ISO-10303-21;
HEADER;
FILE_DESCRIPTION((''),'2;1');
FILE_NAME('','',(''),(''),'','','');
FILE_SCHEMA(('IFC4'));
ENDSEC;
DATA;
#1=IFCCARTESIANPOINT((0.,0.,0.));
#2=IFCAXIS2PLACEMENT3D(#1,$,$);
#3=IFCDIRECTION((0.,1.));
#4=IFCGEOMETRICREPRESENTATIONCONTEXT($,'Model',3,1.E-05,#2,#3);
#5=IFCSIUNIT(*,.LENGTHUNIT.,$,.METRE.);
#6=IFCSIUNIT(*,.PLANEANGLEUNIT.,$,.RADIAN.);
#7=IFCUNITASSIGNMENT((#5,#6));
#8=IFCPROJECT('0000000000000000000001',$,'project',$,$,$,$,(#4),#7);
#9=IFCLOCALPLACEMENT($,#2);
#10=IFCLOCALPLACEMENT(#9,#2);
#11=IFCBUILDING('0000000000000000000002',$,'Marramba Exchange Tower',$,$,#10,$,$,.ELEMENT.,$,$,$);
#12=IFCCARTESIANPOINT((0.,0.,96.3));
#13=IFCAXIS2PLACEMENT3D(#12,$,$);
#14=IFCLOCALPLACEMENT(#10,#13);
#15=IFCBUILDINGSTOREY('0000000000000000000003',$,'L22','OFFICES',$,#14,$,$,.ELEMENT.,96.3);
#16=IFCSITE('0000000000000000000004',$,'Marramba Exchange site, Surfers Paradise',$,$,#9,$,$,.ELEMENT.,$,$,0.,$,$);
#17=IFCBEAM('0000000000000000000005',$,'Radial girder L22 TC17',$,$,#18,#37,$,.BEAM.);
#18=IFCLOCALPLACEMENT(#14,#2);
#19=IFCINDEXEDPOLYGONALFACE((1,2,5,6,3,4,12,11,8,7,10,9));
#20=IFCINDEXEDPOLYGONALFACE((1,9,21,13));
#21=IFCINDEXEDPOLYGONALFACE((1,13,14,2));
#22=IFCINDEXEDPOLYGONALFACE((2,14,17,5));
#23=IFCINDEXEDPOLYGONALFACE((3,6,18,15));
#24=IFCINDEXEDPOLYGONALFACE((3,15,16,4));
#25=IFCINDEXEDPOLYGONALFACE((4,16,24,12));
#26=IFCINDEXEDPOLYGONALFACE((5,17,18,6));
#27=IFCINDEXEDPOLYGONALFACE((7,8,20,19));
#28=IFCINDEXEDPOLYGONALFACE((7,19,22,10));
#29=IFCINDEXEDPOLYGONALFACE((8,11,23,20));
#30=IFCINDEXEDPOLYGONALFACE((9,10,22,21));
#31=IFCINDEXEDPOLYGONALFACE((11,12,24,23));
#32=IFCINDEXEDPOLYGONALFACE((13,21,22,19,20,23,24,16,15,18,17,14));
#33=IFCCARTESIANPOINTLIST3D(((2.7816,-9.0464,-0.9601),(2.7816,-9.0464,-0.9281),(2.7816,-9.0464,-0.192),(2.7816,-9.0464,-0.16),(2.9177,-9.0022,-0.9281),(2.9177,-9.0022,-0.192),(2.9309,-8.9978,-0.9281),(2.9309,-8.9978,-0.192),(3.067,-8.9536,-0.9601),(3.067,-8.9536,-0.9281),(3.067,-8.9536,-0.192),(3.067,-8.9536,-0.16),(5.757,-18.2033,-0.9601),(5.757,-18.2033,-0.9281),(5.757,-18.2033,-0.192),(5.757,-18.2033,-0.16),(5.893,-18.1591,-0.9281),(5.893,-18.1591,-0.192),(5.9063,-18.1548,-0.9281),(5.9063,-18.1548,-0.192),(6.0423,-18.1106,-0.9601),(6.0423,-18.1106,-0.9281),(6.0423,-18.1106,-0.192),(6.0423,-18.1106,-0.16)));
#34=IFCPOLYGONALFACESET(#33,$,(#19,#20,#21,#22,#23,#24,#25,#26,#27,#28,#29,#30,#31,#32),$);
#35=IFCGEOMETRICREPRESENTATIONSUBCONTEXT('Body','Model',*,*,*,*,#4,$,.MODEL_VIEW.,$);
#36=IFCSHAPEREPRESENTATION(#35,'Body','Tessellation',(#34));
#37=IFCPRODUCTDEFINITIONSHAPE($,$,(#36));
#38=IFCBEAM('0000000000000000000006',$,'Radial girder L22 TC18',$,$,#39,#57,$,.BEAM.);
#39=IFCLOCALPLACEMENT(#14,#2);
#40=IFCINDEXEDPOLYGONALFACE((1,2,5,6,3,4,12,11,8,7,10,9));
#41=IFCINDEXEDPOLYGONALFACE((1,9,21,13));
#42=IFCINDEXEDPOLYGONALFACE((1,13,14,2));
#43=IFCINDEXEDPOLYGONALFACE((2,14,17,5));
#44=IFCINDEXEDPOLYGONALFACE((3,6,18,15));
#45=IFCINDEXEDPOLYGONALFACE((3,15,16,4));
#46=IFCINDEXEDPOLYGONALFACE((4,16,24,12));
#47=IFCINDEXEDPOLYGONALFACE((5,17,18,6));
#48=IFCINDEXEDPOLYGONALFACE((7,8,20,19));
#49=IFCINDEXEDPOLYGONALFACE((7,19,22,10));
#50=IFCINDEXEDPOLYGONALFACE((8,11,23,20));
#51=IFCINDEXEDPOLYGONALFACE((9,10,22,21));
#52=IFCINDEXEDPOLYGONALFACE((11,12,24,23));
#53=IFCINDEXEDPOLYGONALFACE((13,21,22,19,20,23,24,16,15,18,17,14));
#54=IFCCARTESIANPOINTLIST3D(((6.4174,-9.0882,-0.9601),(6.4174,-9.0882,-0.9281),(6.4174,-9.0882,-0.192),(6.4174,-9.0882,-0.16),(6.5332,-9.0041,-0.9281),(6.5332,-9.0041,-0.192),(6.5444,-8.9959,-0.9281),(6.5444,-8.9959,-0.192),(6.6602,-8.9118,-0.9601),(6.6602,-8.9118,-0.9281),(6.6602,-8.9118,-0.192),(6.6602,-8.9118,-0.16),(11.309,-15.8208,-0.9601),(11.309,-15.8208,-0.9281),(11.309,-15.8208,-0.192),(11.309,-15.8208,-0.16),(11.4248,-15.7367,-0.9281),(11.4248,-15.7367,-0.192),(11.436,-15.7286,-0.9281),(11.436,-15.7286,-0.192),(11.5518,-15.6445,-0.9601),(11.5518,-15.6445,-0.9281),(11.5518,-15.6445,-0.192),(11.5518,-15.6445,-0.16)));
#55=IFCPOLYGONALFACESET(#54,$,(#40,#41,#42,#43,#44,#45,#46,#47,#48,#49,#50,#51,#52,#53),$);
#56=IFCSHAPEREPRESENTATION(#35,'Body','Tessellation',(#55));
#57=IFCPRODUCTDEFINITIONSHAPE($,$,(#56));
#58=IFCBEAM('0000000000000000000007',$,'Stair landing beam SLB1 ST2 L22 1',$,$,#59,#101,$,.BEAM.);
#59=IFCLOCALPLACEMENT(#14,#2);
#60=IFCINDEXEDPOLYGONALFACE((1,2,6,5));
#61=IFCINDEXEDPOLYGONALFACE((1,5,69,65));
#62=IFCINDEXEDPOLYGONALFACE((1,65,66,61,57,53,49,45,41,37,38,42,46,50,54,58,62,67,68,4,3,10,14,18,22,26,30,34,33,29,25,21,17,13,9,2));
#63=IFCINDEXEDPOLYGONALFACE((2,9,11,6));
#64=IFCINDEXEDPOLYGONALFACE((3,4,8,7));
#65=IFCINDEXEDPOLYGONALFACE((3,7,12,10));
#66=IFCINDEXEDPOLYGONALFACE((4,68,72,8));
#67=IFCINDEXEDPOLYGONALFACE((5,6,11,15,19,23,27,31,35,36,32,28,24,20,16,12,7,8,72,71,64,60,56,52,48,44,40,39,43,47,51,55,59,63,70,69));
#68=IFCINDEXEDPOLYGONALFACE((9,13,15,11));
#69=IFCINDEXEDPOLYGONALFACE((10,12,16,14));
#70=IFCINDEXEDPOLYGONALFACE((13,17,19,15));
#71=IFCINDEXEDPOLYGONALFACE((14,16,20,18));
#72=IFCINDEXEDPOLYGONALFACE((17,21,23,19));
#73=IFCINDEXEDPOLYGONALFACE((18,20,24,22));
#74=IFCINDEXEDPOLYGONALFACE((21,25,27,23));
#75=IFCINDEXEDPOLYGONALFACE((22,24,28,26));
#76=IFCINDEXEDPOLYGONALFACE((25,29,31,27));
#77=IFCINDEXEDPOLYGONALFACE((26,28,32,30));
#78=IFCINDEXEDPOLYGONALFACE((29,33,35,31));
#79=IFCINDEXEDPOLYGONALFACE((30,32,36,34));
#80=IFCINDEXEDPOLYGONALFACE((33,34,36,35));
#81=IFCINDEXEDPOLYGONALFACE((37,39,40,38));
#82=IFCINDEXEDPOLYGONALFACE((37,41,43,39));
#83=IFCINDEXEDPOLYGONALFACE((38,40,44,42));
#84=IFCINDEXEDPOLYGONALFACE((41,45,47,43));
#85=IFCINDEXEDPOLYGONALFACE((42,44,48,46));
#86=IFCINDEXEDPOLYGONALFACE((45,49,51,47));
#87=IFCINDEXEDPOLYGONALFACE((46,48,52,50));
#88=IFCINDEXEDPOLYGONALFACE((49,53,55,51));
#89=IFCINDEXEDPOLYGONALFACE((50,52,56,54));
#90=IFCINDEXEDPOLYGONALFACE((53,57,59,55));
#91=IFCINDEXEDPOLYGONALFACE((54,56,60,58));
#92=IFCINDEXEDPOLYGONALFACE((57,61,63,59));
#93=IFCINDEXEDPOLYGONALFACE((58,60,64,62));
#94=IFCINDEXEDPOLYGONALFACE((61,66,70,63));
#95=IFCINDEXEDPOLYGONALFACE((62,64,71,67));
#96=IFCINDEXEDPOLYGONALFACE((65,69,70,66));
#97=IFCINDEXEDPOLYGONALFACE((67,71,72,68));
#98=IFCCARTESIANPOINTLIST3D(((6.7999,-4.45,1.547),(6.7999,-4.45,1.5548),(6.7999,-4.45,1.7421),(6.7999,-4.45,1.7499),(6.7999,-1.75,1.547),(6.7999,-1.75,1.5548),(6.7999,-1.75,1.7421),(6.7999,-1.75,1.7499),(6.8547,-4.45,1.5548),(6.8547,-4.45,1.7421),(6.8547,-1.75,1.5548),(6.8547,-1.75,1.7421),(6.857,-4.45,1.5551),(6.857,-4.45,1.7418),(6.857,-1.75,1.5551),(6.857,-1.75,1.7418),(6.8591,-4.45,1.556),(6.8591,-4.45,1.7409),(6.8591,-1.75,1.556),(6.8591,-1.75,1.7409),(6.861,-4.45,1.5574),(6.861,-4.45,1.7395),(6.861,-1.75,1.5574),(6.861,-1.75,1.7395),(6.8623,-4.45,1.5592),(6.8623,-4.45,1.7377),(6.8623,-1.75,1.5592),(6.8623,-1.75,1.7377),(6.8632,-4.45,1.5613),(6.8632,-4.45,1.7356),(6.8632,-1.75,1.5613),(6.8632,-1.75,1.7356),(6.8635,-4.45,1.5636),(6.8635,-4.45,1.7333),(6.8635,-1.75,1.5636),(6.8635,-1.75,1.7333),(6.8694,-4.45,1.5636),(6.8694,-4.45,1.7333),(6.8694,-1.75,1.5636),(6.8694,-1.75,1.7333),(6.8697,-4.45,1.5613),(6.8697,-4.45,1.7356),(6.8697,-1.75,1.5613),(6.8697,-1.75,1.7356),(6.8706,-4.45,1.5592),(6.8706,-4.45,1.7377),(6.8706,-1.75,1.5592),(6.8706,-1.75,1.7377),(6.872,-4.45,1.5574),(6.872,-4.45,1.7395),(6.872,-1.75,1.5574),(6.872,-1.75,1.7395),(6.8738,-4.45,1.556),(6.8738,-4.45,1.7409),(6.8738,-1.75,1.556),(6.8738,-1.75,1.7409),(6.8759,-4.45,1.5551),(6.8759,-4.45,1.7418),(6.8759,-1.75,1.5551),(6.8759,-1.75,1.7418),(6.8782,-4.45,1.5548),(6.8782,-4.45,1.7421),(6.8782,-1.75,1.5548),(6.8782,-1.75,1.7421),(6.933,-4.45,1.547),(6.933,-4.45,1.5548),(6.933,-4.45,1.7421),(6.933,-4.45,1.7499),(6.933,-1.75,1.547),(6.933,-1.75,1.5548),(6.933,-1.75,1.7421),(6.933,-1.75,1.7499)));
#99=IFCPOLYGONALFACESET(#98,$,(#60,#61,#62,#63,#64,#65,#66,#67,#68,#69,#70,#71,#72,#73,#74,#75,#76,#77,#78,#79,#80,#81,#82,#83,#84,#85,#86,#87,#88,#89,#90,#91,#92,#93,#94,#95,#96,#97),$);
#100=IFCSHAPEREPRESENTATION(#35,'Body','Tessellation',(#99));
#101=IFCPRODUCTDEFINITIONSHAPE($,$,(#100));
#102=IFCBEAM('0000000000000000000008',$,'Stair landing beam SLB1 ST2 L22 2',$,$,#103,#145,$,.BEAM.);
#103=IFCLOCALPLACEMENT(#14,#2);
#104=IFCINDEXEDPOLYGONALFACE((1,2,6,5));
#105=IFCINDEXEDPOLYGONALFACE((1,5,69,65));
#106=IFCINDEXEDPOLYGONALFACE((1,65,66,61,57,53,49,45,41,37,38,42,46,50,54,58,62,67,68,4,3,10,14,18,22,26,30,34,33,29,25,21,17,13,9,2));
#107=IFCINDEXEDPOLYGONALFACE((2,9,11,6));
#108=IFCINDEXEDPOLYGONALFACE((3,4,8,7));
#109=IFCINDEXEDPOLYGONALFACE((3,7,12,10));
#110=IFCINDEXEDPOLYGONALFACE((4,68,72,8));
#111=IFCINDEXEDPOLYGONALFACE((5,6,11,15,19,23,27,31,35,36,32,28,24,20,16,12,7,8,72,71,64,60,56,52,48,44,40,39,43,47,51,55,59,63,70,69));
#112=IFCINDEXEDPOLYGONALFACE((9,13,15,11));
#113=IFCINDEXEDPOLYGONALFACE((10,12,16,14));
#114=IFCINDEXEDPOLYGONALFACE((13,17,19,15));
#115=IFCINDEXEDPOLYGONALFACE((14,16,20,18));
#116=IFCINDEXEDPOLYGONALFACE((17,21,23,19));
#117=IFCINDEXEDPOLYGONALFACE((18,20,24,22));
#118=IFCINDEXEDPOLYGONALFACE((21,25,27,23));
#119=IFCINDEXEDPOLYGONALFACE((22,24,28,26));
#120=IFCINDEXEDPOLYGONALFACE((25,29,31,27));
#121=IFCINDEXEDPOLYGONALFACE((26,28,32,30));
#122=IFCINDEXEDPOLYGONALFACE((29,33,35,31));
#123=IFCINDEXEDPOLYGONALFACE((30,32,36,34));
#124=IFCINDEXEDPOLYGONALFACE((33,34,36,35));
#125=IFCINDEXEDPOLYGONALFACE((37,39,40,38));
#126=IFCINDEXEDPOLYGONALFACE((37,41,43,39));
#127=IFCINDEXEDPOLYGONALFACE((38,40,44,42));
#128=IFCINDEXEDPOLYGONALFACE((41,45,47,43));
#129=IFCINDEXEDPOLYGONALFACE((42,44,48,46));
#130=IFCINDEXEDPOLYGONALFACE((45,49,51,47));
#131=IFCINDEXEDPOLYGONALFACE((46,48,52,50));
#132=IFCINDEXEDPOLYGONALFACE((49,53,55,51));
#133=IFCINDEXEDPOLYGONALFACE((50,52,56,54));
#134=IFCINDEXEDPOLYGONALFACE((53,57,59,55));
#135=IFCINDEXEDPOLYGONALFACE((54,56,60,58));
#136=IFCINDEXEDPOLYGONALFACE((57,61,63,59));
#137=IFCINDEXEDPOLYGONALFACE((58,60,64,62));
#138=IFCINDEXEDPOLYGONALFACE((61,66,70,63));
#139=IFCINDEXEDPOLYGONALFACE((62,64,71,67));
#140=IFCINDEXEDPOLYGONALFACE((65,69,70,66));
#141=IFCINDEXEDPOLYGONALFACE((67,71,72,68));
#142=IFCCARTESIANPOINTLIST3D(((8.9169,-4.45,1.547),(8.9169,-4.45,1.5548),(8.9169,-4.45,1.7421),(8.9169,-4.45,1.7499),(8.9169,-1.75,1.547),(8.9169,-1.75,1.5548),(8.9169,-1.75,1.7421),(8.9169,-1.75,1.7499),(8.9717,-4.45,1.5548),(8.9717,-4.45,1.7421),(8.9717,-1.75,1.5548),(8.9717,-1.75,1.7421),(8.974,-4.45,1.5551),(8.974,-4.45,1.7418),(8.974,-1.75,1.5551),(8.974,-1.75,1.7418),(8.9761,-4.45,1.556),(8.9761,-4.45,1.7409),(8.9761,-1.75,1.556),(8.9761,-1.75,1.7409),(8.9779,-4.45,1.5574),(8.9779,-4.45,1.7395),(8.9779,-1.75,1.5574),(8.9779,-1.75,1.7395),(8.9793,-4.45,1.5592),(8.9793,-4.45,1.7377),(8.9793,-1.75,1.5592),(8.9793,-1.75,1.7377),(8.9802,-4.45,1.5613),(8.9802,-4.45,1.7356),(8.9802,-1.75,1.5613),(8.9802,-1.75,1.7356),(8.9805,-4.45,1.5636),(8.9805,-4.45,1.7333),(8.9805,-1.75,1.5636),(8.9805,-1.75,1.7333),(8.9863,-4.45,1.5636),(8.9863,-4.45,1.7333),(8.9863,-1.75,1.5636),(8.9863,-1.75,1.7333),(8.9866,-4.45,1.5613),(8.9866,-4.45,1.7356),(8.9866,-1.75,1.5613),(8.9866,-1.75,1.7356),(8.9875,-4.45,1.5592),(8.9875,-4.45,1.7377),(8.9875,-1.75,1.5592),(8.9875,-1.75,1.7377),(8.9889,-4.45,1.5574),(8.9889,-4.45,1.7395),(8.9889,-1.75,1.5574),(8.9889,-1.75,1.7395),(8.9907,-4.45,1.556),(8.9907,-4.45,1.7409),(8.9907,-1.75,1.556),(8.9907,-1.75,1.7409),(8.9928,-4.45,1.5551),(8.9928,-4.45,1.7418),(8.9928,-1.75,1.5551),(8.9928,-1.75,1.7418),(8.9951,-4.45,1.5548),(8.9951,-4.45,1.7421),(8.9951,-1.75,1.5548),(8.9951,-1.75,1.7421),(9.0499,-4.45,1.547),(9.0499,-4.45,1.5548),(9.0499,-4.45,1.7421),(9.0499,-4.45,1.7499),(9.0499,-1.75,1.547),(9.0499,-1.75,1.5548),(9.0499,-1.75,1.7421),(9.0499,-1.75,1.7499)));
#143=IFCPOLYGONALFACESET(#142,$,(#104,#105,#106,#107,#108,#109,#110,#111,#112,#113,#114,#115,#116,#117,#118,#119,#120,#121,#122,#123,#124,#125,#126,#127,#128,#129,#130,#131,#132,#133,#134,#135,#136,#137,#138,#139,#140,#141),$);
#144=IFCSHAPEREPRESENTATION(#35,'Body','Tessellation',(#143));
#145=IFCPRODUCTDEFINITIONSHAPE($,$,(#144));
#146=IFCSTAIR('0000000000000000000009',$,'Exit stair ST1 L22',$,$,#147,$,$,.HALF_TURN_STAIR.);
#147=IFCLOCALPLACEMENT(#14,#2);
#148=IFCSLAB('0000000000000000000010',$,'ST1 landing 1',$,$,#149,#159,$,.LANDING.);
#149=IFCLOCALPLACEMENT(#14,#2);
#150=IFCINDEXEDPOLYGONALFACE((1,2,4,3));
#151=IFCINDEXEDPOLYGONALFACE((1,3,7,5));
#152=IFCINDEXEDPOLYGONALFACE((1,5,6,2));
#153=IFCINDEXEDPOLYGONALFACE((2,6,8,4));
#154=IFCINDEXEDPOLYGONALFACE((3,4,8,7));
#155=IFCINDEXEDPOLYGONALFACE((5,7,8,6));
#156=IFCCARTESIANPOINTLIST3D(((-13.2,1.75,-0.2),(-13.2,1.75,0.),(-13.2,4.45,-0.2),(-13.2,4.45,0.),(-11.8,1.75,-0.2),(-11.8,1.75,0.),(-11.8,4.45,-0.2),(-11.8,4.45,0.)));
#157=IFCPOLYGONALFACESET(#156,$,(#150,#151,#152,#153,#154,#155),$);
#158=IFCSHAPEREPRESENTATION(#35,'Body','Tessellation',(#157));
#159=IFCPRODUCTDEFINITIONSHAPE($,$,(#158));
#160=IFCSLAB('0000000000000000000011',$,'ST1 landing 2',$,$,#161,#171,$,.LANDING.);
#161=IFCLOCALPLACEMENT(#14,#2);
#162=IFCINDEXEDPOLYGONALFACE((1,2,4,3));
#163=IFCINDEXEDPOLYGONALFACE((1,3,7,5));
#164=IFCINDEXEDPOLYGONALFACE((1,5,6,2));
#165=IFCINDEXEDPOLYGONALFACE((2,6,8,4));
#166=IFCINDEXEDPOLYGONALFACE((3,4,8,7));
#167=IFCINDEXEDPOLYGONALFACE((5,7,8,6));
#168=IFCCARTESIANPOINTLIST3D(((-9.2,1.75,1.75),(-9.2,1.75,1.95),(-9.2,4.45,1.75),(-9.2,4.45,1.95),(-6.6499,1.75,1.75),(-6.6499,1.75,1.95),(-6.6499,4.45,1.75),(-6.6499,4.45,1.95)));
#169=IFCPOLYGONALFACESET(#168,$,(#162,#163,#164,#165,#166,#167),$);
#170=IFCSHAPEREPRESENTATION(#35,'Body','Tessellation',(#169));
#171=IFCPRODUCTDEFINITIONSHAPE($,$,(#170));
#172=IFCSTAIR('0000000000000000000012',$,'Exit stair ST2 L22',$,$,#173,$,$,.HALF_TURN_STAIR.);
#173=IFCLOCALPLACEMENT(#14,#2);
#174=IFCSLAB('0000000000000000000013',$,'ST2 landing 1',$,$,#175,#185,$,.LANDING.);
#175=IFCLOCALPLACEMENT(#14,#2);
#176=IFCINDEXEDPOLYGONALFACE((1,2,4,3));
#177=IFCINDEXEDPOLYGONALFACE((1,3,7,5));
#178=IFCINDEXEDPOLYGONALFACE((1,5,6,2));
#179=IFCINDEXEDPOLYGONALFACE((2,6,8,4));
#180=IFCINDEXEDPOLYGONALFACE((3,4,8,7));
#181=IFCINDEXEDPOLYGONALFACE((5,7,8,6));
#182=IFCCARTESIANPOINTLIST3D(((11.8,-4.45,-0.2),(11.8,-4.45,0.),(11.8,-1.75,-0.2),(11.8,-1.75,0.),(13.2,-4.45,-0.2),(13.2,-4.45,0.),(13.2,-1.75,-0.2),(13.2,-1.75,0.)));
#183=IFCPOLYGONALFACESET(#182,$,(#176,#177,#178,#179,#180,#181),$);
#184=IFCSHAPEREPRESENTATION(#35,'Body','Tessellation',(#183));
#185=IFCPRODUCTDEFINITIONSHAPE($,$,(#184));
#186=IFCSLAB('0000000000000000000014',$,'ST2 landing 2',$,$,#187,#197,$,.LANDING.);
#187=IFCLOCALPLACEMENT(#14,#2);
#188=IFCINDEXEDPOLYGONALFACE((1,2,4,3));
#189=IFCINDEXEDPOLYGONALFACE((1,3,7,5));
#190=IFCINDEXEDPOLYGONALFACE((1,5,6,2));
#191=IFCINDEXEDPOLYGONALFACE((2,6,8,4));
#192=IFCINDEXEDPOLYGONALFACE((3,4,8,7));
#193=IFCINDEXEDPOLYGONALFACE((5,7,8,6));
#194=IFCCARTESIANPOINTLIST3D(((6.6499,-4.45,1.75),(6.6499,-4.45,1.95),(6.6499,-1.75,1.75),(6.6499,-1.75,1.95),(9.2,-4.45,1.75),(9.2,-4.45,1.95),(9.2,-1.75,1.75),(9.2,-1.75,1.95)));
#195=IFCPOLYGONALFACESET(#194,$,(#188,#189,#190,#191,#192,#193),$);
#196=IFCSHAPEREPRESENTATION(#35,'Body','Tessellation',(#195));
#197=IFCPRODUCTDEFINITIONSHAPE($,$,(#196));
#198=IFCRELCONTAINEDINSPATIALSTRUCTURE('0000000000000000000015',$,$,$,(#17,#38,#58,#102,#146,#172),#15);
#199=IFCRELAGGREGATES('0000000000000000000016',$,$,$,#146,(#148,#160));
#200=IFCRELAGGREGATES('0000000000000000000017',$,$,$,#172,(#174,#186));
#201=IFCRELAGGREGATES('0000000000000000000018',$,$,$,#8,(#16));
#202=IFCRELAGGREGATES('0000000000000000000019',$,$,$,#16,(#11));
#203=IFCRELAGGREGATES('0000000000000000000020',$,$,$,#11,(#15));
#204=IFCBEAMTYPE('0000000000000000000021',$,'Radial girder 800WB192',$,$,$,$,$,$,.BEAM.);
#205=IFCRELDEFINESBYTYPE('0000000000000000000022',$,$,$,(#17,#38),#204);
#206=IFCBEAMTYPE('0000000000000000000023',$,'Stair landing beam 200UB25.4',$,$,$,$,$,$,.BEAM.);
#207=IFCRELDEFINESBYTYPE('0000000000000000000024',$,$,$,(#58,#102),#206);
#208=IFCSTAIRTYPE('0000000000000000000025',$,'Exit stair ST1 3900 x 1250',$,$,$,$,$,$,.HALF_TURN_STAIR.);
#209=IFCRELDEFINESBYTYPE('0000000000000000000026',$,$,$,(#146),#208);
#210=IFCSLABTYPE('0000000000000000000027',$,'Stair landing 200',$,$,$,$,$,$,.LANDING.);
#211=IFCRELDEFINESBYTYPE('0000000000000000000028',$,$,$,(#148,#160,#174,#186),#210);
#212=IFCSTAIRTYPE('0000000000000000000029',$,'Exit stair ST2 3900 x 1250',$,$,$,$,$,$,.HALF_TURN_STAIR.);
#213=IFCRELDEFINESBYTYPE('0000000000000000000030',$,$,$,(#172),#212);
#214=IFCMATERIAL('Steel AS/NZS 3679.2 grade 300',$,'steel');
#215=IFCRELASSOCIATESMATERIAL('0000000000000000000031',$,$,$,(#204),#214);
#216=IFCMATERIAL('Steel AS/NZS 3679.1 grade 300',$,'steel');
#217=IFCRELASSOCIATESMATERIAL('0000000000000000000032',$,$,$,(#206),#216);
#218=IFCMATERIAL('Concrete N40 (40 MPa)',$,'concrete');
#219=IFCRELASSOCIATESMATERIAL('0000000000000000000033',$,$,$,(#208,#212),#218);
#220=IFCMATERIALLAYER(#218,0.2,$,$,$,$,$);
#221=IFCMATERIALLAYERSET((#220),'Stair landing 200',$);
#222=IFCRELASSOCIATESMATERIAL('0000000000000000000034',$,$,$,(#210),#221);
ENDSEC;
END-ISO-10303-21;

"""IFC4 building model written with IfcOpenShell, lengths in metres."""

from ifc_helpers import new_model, si_unit, direction, frame, origin, origin_2d, place, context, subcontext, project, spatial, polyline, i_section, outline, extrude, material, layer, layer_set, material_profile, profile_set, type_object, element, aggregate, save


model = new_model("IFC4")

# Units and contexts
model_context = context("Model", 3, precision=1e-05, world=origin(), true_north=direction((0.0, 1.0)))
body_context = subcontext(model_context, "Body", "Model", "MODEL_VIEW")
ifc_project = project(units=[si_unit("LENGTHUNIT", "METRE"), si_unit("PLANEANGLEUNIT", "RADIAN")], contexts=[model_context])

# Site, building, storey
site_placement = place(None, origin())
site = spatial("IfcSite", under=ifc_project, at=site_placement, Name="Marramba Exchange site, Surfers Paradise", CompositionType="ELEMENT", RefElevation=0.0)
building_placement = place(site_placement, origin())
building = spatial("IfcBuilding", under=site, at=building_placement, Name="Marramba Exchange Tower", CompositionType="ELEMENT")
storey_placement = place(building_placement, frame((0.0, 0.0, 96.3)))
storey = spatial("IfcBuildingStorey", under=building, at=storey_placement, Name="L22", Description="OFFICES", CompositionType="ELEMENT", Elevation=96.3)

# Beams
ifc_material_1 = material(Name="Steel AS/NZS 3679.2 grade 300", Category="steel")
ifc_material_profile_1 = material_profile(ifc_material_1, i_section(OverallWidth=0.3, OverallDepth=0.8, WebThickness=0.0139, FlangeThickness=0.032, at=origin_2d()), Name="800WB192")
ifc_profile_set_1 = profile_set([ifc_material_profile_1], Name="Steel AS/NZS 3679.2 grade 300")
beam_type_1 = type_object("IfcBeamType", Name="Radial girder 800WB192", PredefinedType="BEAM", material=ifc_profile_set_1)
beam_1_placement = place(storey_placement, frame((2.9243, -9.0, -0.5601), z_axis=(0.309022, -0.951055, 0.0), x_axis=(0.951055, 0.309022, 0.0)))
element("IfcBeam", 1, at=beam_1_placement, inside=storey, type_object=beam_type_1, Name="Radial girder L22 TC17", PredefinedType="BEAM", context=body_context, shape_type="SweptSolid", body=[
    extrude(i_section(OverallWidth=0.3, OverallDepth=0.8, WebThickness=0.0139, FlangeThickness=0.032, at=origin_2d()), origin(), (0.0, 0.0, 1.0), 9.6282),
])
beam_2_placement = place(storey_placement, frame((6.5388, -9.0, -0.5601), z_axis=(0.587788, -0.809015, 0.0), x_axis=(0.809015, 0.587788, 0.0)))
element("IfcBeam", 2, at=beam_2_placement, inside=storey, type_object=beam_type_1, Name="Radial girder L22 TC18", PredefinedType="BEAM", context=body_context, shape_type="SweptSolid", body=[
    extrude(i_section(OverallWidth=0.3, OverallDepth=0.8, WebThickness=0.0139, FlangeThickness=0.032, at=origin_2d()), origin(), (0.0, 0.0, 1.0), 8.322),
])
ifc_material_2 = material(Name="Steel AS/NZS 3679.1 grade 300", Category="steel")
ifc_material_profile_2 = material_profile(ifc_material_2, i_section(OverallWidth=0.1331, OverallDepth=0.2029, WebThickness=0.0059, FlangeThickness=0.0078, FilletRadius=0.0088, at=origin_2d()), Name="200UB25.4")
ifc_profile_set_2 = profile_set([ifc_material_profile_2], Name="Steel AS/NZS 3679.1 grade 300")
beam_type_2 = type_object("IfcBeamType", Name="Stair landing beam 200UB25.4", PredefinedType="BEAM", material=ifc_profile_set_2)
for number, where, z_axis, x_axis, name in (
    (3, (6.8665, -4.45, 1.6484), (0.0, 1.0, 0.0), (-1.0, 0.0, 0.0), "Stair landing beam SLB1 ST2 L22 1"),
    (4, (8.9834, -4.45, 1.6484), (0.0, 1.0, 0.0), (-1.0, 0.0, 0.0), "Stair landing beam SLB1 ST2 L22 2"),
):
    element("IfcBeam", number, at=place(storey_placement, frame(where, z_axis=z_axis, x_axis=x_axis)), inside=storey, type_object=beam_type_2, Name=name, PredefinedType="BEAM", context=body_context, shape_type="SweptSolid", body=[
        extrude(i_section(OverallWidth=0.1331, OverallDepth=0.2029, WebThickness=0.0059, FlangeThickness=0.0078, FilletRadius=0.0088, at=origin_2d()), origin(), (0.0, 0.0, 1.0), 2.7),
    ])

# Stairs, slabs
ifc_material_3 = material(Name="Concrete N40 (40 MPa)", Category="concrete")
stair_type_1 = type_object("IfcStairType", Name="Exit stair ST1 3900 x 1250", PredefinedType="HALF_TURN_STAIR", material=ifc_material_3)
stair_1_placement = place(storey_placement, origin())
stair_1 = element("IfcStair", 5, at=stair_1_placement, inside=storey, type_object=stair_type_1, Name="Exit stair ST1 L22", PredefinedType="HALF_TURN_STAIR")
ifc_layer_1 = layer(ifc_material_3, 0.2)
ifc_layer_set_1 = layer_set([ifc_layer_1], Name="Stair landing 200")
slab_type = type_object("IfcSlabType", Name="Stair landing 200", PredefinedType="LANDING", material=ifc_layer_set_1)
slab_1_placement = place(storey_placement, frame((0.0, 0.0, -0.2)))
slab_1 = element("IfcSlab", 6, at=slab_1_placement, type_object=slab_type, Name="ST1 landing 1", PredefinedType="LANDING", context=body_context, shape_type="SweptSolid", body=[
    extrude(outline(polyline([(-13.2, 1.75), (-11.8, 1.75), (-11.8, 4.45), (-13.2, 4.45), (-13.2, 1.75)])), origin(), (0.0, 0.0, 1.0), 0.2),
])
slab_2_placement = place(storey_placement, frame((0.0, 0.0, 1.75)))
slab_2 = element("IfcSlab", 7, at=slab_2_placement, type_object=slab_type, Name="ST1 landing 2", PredefinedType="LANDING", context=body_context, shape_type="SweptSolid", body=[
    extrude(outline(polyline([(-9.2, 1.75), (-6.6499, 1.75), (-6.6499, 4.45), (-9.2, 4.45), (-9.2, 1.75)])), origin(), (0.0, 0.0, 1.0), 0.2),
])
aggregate(stair_1, [slab_1, slab_2])
stair_type_2 = type_object("IfcStairType", Name="Exit stair ST2 3900 x 1250", PredefinedType="HALF_TURN_STAIR", material=ifc_material_3)
stair_2_placement = place(storey_placement, origin())
stair_2 = element("IfcStair", 8, at=stair_2_placement, inside=storey, type_object=stair_type_2, Name="Exit stair ST2 L22", PredefinedType="HALF_TURN_STAIR")
slab_3_placement = place(storey_placement, frame((0.0, 0.0, -0.2)))
slab_3 = element("IfcSlab", 9, at=slab_3_placement, type_object=slab_type, Name="ST2 landing 1", PredefinedType="LANDING", context=body_context, shape_type="SweptSolid", body=[
    extrude(outline(polyline([(11.8, -4.45), (13.2, -4.45), (13.2, -1.75), (11.8, -1.75), (11.8, -4.45)])), origin(), (0.0, 0.0, 1.0), 0.2),
])
slab_4_placement = place(storey_placement, frame((0.0, 0.0, 1.75)))
slab_4 = element("IfcSlab", 10, at=slab_4_placement, type_object=slab_type, Name="ST2 landing 2", PredefinedType="LANDING", context=body_context, shape_type="SweptSolid", body=[
    extrude(outline(polyline([(6.6499, -4.45), (9.2, -4.45), (9.2, -1.75), (6.6499, -1.75), (6.6499, -4.45)])), origin(), (0.0, 0.0, 1.0), 0.2),
])

aggregate(stair_2, [slab_3, slab_4])

save(model, "model.ifc")
